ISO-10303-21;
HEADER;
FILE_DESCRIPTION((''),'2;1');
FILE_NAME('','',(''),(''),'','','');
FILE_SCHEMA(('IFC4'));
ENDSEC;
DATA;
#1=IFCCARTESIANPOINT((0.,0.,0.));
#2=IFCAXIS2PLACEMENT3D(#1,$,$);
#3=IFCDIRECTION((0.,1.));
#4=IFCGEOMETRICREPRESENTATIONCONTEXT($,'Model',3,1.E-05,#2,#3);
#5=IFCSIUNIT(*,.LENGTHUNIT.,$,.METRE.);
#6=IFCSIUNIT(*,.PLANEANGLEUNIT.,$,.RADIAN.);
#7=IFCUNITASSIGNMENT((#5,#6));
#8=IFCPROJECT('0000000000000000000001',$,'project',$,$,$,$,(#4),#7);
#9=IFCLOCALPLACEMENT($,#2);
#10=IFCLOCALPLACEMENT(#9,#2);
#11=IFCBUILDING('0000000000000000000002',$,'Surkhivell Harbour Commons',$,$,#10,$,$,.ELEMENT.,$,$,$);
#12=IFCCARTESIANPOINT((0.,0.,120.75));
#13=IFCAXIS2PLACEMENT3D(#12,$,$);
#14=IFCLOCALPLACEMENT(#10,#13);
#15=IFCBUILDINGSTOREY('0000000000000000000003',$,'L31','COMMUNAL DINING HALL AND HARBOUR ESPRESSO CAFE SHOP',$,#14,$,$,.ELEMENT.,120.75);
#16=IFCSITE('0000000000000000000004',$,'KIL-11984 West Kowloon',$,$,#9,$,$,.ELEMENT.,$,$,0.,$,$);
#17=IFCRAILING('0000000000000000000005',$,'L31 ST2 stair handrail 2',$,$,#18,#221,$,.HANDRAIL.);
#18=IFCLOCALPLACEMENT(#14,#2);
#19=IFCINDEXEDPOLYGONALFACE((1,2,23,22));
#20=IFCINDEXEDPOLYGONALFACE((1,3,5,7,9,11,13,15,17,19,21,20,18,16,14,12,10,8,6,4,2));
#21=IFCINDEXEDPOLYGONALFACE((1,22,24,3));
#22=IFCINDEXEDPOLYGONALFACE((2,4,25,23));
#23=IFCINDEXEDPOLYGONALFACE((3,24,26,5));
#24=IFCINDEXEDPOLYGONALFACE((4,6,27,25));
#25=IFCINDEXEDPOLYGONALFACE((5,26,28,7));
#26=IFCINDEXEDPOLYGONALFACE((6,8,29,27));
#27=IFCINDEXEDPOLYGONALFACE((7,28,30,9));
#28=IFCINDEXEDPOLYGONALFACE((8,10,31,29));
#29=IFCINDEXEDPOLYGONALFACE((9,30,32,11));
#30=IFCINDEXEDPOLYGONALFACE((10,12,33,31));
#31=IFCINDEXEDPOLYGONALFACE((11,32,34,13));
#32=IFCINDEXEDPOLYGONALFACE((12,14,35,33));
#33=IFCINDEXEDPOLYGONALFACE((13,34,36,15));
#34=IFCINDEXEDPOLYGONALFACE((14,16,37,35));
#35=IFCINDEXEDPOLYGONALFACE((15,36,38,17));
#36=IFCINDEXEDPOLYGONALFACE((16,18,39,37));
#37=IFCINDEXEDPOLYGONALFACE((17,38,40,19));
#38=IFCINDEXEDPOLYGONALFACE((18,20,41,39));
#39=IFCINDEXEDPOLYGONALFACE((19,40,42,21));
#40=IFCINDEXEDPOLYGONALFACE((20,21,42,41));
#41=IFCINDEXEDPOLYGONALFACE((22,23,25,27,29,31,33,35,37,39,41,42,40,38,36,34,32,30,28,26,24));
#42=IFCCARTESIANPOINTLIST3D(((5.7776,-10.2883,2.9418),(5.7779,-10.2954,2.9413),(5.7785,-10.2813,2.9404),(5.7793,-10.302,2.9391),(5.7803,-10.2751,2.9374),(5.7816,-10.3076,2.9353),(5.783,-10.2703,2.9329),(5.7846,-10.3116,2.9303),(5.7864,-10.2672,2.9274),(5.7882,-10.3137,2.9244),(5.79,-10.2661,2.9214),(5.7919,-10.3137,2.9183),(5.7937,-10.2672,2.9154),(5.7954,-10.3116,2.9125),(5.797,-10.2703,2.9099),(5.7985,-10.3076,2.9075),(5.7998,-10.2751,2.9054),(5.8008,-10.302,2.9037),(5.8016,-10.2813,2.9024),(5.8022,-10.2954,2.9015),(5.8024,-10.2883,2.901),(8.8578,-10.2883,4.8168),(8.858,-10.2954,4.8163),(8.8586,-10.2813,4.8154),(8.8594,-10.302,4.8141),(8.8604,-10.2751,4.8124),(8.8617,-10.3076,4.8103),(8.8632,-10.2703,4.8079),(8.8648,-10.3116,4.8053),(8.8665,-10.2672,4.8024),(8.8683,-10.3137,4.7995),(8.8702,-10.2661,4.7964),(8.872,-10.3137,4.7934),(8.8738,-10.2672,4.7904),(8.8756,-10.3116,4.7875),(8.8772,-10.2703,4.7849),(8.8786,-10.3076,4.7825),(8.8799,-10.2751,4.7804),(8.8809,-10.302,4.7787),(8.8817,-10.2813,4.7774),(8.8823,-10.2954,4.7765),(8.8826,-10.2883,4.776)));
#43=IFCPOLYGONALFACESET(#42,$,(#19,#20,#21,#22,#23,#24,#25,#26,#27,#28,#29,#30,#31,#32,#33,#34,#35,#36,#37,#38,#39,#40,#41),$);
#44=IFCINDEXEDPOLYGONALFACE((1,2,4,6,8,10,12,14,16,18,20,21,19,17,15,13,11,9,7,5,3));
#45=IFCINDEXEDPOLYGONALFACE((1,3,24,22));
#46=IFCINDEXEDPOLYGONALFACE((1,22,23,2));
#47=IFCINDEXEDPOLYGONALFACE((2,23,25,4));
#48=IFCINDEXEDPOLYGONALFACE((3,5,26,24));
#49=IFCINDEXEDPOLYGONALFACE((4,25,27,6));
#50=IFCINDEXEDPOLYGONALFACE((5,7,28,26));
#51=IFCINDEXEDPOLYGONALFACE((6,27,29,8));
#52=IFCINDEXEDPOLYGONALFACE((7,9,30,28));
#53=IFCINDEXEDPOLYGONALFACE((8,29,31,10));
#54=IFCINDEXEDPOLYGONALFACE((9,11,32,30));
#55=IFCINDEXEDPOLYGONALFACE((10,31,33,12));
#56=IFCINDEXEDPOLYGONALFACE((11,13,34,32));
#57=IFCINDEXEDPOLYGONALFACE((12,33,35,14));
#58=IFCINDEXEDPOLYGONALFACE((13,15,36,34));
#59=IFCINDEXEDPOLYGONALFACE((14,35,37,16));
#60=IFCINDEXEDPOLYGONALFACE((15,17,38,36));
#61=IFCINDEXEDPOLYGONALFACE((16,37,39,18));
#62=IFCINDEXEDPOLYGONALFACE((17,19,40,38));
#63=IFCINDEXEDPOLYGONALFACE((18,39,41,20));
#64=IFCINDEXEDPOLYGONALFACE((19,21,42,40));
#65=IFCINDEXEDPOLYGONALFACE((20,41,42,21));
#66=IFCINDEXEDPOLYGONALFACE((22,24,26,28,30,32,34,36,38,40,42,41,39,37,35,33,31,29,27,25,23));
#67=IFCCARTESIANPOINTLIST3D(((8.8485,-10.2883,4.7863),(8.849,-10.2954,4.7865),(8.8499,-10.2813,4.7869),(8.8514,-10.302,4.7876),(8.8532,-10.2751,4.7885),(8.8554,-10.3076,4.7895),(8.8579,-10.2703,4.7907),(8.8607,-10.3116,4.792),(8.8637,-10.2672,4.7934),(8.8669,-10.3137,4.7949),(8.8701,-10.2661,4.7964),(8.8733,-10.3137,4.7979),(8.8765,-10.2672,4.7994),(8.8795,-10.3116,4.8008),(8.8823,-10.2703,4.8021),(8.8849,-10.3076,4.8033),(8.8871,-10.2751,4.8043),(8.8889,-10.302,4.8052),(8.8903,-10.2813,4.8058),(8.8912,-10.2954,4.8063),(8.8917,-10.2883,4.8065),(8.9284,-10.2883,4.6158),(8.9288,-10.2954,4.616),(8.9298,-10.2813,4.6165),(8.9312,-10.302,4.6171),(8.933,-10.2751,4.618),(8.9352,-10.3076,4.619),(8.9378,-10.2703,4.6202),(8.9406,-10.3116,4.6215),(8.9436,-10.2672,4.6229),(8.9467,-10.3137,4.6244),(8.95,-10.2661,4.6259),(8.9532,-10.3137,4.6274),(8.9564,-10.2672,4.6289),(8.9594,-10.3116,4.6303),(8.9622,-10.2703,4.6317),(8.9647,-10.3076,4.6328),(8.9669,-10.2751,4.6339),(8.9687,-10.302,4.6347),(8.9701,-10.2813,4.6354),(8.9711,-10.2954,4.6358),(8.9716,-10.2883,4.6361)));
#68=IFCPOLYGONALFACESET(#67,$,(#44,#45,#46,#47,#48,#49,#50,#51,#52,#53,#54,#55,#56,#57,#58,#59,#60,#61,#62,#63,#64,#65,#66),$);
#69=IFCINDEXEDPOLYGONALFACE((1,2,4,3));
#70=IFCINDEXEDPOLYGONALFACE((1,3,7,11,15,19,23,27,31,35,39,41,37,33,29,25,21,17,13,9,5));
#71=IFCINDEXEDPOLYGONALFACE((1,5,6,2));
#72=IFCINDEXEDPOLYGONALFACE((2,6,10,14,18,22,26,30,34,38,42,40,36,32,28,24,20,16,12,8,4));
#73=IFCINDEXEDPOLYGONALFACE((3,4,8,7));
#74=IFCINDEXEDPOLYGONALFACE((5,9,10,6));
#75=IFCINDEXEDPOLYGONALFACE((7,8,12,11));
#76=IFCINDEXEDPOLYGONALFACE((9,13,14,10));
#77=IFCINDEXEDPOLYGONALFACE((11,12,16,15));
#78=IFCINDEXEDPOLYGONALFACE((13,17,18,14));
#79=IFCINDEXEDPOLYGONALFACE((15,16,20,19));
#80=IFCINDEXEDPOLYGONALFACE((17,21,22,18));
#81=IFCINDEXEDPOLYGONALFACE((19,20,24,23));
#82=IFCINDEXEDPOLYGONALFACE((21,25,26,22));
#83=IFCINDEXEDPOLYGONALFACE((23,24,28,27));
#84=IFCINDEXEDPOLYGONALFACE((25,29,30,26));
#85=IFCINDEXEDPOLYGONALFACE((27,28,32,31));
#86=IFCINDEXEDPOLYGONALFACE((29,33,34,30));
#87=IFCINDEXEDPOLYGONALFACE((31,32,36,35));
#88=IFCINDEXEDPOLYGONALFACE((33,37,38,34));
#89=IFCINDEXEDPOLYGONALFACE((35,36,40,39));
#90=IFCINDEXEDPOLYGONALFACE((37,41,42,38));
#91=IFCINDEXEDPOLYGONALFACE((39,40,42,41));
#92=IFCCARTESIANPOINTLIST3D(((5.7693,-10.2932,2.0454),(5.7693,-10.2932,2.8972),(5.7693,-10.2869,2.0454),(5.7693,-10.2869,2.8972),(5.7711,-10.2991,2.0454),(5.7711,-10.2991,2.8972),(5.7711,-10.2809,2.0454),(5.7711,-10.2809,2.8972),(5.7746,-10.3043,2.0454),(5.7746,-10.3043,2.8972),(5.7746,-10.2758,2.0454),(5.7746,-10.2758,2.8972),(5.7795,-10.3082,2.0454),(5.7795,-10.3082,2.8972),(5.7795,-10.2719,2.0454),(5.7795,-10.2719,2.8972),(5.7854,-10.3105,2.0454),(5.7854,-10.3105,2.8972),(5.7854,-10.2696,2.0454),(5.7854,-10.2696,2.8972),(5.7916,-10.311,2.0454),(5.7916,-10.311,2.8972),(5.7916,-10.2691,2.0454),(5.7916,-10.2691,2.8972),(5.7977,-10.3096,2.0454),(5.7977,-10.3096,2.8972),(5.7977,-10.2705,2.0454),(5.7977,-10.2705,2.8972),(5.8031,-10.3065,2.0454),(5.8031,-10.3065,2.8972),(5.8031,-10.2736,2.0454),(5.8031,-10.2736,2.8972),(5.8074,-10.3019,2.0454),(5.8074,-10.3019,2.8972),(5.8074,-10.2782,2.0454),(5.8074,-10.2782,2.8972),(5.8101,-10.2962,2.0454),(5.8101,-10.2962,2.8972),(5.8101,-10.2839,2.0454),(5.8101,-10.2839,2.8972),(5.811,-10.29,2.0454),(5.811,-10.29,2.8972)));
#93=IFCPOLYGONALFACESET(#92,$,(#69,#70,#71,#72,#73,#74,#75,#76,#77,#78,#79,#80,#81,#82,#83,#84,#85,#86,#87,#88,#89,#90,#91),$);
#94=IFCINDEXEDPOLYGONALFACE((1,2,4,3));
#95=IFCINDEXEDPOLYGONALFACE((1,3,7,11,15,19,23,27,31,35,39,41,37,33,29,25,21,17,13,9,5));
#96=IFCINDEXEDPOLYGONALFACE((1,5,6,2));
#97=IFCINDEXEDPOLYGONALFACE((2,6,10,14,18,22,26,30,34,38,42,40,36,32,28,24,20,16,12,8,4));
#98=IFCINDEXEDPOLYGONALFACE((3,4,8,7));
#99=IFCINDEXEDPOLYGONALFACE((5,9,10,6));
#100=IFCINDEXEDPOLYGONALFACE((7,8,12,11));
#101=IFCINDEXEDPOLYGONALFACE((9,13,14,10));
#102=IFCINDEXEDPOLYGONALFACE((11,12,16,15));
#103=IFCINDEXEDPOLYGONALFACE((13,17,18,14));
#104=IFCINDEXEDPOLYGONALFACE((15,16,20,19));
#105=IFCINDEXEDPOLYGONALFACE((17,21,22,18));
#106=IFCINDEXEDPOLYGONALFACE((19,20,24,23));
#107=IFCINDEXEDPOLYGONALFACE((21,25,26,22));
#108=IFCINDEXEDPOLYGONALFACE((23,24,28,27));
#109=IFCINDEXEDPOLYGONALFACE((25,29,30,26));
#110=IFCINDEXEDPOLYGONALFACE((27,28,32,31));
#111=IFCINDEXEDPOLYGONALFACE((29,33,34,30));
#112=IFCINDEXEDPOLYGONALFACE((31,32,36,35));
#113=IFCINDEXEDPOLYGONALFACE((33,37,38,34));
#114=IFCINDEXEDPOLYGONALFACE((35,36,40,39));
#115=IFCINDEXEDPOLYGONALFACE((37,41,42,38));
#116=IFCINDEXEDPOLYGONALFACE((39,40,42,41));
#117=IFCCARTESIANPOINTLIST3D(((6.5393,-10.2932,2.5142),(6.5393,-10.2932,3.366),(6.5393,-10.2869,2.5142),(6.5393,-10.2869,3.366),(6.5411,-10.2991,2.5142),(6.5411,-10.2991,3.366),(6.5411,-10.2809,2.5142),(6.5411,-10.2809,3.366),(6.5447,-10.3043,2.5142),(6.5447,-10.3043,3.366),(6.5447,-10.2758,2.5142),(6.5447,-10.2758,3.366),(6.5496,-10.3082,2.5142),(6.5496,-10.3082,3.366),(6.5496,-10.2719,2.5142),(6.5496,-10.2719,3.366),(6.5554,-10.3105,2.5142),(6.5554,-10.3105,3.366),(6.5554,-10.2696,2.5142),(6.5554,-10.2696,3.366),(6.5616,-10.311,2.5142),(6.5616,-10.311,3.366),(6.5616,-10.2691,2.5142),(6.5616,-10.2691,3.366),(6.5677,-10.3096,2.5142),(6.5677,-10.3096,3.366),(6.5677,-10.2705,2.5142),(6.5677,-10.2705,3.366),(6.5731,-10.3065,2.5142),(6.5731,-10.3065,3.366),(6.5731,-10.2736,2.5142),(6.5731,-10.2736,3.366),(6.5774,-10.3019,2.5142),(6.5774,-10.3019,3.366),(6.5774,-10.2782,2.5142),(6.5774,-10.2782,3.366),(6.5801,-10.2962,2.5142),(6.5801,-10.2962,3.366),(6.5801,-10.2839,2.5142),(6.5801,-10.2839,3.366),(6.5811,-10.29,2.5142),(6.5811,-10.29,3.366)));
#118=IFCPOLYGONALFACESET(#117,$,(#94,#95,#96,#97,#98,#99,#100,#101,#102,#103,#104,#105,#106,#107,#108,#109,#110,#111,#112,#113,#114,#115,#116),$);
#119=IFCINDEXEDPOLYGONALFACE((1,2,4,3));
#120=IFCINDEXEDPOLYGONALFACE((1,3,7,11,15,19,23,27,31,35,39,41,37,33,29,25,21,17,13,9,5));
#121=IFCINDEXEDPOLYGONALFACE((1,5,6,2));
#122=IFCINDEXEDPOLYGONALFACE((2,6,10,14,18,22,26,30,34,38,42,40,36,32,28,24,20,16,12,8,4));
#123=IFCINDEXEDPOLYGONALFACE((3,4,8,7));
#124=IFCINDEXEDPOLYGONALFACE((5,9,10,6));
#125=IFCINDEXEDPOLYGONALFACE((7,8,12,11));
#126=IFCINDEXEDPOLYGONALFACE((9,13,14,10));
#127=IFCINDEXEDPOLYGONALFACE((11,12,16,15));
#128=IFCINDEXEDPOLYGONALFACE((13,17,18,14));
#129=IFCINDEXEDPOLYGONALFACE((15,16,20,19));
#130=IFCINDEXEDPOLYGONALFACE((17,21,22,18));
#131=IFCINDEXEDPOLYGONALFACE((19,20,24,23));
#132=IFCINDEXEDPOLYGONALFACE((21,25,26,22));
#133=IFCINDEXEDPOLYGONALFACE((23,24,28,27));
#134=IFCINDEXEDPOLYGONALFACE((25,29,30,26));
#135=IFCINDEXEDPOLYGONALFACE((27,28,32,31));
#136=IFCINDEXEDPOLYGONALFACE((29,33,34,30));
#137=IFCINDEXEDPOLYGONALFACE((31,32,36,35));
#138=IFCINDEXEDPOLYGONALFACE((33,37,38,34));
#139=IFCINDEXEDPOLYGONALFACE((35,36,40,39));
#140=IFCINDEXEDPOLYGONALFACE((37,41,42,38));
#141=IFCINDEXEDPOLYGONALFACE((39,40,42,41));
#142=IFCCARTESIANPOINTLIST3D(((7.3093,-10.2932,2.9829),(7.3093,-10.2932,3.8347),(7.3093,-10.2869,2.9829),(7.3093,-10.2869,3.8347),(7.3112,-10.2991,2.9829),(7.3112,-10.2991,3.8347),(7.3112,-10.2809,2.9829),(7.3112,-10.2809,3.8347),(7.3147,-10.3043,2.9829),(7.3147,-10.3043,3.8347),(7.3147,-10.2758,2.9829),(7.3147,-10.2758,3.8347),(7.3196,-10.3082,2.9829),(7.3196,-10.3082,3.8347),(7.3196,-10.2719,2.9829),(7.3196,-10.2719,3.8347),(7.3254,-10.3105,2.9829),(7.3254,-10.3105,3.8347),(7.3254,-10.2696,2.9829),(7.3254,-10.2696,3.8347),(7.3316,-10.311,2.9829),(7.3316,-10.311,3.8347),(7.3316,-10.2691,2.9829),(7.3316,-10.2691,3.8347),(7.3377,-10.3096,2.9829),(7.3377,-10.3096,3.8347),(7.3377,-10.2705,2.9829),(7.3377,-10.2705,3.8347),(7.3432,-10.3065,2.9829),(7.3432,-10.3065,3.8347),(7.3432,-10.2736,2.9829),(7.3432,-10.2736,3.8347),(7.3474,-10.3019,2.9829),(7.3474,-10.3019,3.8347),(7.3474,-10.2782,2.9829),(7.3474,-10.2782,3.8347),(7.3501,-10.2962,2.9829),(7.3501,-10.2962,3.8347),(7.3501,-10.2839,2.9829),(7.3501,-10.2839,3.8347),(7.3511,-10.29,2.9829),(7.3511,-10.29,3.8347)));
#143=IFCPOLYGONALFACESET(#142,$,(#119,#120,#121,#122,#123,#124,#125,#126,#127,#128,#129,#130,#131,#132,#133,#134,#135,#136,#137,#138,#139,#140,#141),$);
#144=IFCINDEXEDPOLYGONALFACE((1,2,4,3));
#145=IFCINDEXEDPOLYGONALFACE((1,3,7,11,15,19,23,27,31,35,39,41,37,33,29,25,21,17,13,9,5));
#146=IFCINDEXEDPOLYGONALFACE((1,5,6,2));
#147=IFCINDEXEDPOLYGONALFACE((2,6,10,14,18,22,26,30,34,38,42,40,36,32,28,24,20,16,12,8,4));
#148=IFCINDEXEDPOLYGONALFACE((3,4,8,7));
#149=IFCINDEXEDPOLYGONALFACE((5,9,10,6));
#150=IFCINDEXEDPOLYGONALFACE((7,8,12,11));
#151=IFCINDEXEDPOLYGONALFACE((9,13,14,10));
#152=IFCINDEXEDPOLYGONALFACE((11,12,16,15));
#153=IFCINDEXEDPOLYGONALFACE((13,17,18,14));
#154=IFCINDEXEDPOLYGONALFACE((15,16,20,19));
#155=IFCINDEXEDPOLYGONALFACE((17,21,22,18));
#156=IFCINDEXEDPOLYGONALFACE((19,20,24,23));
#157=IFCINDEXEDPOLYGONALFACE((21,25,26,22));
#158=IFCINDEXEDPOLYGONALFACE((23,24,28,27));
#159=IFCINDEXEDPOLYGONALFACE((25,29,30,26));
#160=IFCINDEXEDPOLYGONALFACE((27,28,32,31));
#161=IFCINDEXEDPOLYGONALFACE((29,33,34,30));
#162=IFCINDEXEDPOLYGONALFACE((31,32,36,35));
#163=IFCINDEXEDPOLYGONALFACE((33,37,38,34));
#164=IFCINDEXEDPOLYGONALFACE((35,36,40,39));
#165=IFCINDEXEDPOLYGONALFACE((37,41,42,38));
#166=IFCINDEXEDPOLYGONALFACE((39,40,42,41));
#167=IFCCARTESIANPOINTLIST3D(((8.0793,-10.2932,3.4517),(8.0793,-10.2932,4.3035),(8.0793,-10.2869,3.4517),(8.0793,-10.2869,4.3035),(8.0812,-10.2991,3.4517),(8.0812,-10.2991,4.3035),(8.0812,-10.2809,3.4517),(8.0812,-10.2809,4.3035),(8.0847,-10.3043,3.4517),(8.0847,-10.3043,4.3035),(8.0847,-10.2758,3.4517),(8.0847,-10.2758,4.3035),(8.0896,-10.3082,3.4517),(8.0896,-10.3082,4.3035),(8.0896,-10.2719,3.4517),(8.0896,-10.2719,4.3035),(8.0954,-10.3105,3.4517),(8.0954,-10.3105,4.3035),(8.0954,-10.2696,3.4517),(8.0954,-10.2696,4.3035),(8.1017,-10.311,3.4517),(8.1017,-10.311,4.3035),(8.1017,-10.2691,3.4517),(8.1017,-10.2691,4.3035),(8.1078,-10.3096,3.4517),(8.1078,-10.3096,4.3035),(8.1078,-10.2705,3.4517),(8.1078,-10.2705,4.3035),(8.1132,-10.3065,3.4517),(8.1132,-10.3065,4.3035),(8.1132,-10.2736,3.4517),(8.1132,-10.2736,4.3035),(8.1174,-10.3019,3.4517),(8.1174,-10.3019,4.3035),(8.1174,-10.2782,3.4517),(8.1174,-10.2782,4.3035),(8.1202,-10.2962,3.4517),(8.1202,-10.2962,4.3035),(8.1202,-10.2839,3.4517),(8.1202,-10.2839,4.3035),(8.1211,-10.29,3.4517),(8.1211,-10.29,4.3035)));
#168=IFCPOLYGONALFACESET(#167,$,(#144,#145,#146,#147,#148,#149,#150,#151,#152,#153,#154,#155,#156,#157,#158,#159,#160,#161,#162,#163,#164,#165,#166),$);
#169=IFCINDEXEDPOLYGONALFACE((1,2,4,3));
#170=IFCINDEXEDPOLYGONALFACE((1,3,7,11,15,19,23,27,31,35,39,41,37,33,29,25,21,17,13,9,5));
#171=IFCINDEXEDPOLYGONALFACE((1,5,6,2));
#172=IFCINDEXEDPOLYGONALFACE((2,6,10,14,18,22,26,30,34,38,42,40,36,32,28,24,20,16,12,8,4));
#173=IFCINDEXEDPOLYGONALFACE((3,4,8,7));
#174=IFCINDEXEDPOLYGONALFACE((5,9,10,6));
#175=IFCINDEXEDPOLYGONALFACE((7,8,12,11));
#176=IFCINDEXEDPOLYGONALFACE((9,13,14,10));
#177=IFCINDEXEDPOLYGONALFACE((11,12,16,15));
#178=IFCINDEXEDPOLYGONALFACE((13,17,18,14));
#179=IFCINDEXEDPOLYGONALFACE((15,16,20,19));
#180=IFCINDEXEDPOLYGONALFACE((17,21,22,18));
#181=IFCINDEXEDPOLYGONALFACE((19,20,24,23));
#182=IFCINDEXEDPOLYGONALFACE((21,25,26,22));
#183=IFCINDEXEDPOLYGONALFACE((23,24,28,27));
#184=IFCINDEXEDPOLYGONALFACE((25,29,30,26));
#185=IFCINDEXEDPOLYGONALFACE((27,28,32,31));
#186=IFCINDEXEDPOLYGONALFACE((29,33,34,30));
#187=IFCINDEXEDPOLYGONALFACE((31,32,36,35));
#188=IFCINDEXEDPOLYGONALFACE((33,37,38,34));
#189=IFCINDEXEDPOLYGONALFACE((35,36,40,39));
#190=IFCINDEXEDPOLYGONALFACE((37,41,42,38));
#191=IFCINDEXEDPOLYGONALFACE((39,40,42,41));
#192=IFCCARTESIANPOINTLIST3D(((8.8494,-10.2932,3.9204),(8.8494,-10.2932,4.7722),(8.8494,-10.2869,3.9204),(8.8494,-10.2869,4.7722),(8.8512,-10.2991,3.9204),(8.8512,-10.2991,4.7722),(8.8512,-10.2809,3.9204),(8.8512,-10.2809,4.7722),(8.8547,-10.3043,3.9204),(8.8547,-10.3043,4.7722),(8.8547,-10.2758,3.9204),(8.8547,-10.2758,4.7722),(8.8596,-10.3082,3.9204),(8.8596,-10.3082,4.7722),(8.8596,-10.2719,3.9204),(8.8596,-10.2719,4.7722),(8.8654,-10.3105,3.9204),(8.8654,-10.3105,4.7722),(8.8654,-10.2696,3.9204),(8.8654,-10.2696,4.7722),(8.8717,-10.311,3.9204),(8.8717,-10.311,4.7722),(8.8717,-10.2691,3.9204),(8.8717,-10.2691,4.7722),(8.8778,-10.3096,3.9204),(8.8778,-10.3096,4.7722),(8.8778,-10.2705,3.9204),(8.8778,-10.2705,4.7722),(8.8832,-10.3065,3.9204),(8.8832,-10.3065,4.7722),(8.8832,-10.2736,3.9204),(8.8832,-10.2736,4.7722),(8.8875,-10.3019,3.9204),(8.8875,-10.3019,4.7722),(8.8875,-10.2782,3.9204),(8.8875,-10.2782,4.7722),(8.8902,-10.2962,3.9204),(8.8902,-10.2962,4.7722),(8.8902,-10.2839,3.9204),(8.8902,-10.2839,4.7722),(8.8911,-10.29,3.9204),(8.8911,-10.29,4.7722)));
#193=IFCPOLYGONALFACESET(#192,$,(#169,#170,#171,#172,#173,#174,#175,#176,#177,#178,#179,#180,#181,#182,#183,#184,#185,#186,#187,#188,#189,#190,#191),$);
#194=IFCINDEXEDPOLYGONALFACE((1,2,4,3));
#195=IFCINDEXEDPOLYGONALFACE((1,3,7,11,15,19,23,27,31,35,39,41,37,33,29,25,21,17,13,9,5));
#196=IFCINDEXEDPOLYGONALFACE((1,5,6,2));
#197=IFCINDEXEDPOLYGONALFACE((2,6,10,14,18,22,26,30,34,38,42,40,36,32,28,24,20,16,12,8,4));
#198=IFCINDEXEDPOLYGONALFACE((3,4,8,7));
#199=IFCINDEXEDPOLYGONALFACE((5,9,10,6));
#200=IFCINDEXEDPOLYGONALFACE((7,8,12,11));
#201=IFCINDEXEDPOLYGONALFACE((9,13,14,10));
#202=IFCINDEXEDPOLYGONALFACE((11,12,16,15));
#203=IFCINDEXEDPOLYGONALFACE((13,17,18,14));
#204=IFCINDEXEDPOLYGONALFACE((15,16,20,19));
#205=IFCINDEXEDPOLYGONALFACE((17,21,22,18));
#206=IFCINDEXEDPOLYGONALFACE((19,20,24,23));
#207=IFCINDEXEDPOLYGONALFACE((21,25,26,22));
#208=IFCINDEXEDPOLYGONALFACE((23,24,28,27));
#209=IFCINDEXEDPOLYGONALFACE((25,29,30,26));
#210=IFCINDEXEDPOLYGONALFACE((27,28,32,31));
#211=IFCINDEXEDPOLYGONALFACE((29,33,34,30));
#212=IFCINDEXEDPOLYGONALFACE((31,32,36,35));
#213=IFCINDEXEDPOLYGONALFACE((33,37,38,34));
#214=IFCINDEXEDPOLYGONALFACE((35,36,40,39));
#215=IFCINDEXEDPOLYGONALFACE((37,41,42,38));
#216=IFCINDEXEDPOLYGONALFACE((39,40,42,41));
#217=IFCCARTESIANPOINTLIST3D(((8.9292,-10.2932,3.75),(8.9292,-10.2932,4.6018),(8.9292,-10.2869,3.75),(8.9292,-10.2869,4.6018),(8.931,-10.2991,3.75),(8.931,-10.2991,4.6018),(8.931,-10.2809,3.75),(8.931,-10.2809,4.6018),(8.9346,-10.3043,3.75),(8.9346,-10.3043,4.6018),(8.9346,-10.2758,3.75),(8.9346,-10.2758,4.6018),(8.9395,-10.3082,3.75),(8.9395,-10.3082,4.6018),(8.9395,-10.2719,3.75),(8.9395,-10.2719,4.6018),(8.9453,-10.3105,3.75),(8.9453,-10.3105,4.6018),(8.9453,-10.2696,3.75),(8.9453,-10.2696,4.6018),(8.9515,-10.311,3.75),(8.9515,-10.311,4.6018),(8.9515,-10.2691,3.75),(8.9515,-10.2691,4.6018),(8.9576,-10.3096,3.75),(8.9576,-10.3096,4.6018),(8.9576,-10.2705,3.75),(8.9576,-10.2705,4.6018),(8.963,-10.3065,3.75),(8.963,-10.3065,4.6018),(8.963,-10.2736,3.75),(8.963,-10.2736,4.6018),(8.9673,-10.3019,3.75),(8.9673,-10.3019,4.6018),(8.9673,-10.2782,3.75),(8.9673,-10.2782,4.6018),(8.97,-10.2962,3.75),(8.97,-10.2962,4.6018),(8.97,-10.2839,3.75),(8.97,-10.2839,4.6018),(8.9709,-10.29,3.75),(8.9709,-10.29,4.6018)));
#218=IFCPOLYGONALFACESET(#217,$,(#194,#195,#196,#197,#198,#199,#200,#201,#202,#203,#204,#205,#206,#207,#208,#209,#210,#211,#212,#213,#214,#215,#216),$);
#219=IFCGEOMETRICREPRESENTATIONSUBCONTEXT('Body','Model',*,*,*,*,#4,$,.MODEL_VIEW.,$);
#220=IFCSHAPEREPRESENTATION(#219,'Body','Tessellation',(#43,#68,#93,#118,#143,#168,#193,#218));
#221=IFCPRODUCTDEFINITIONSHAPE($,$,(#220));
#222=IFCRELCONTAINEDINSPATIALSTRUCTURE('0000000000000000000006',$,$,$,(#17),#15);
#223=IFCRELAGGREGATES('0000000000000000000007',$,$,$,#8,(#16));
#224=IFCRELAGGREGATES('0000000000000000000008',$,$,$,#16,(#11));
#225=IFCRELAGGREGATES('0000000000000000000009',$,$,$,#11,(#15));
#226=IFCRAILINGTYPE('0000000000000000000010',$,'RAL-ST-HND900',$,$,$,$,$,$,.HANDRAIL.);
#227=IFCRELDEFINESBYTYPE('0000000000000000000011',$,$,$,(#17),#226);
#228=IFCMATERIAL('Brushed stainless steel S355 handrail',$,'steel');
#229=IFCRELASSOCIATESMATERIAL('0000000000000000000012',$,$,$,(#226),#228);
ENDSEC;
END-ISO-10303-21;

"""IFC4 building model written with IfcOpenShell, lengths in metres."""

from ifc_helpers import new_model, si_unit, direction, frame, origin, origin_2d, place, context, subcontext, project, spatial, circle, extrude, material, type_object, element, save


model = new_model("IFC4")

# Units and contexts
model_context = context("Model", 3, precision=1e-05, world=origin(), true_north=direction((0.0, 1.0)))
body_context = subcontext(model_context, "Body", "Model", "MODEL_VIEW")
ifc_project = project(units=[si_unit("LENGTHUNIT", "METRE"), si_unit("PLANEANGLEUNIT", "RADIAN")], contexts=[model_context])

# Site, building, storey
site_placement = place(None, origin())
site = spatial("IfcSite", under=ifc_project, at=site_placement, Name="KIL-11984 West Kowloon", CompositionType="ELEMENT", RefElevation=0.0)
building_placement = place(site_placement, origin())
building = spatial("IfcBuilding", under=site, at=building_placement, Name="Surkhivell Harbour Commons", CompositionType="ELEMENT")
storey_placement = place(building_placement, frame((0.0, 0.0, 120.75)))
storey = spatial("IfcBuildingStorey", under=building, at=storey_placement, Name="L31", Description="COMMUNAL DINING HALL AND HARBOUR ESPRESSO CAFE SHOP", CompositionType="ELEMENT", Elevation=120.75)

# Railing
ifc_material_1 = material(Name="Brushed stainless steel S355 handrail", Category="steel")
railing_type_1 = type_object("IfcRailingType", Name="RAL-ST-HND900", PredefinedType="HANDRAIL", material=ifc_material_1)
railing_1_placement = place(storey_placement, frame((5.79, -10.29, 2.0454)))
element("IfcRailing", 1, at=railing_1_placement, inside=storey, type_object=railing_type_1, Name="L31 ST2 stair handrail 2", PredefinedType="HANDRAIL", context=body_context, shape_type="SweptSolid", body=[
    extrude(circle(Radius=0.0239, at=origin_2d()), frame((0.0, 0.0, 0.876), z_axis=(0.854178, 0.0, 0.519981), x_axis=(0.0, 1.0, 0.0)), (0.0, 0.0, 1.0), 3.606),
    extrude(circle(Radius=0.0239, at=origin_2d()), frame((3.0801, 0.0, 2.751), z_axis=(0.424234, 0.0, -0.905552), x_axis=(0.0, 1.0, 0.0)), (0.0, 0.0, 1.0), 0.1882),
    extrude(circle(Radius=0.021, at=origin_2d()), origin(), (0.0, 0.0, 1.0), 0.8518),
    extrude(circle(Radius=0.021, at=origin_2d()), frame((0.77, 0.0, 0.4688)), (0.0, 0.0, 1.0), 0.8518),
    extrude(circle(Radius=0.021, at=origin_2d()), frame((1.54, 0.0, 0.9375)), (0.0, 0.0, 1.0), 0.8518),
    extrude(circle(Radius=0.021, at=origin_2d()), frame((2.3101, 0.0, 1.4062)), (0.0, 0.0, 1.0), 0.8518),
    extrude(circle(Radius=0.021, at=origin_2d()), frame((3.0801, 0.0, 1.875)), (0.0, 0.0, 1.0), 0.8518),
    extrude(circle(Radius=0.021, at=origin_2d()), frame((3.1599, 0.0, 1.7046)), (0.0, 0.0, 1.0), 0.8518),
])

save(model, "model.ifc")
